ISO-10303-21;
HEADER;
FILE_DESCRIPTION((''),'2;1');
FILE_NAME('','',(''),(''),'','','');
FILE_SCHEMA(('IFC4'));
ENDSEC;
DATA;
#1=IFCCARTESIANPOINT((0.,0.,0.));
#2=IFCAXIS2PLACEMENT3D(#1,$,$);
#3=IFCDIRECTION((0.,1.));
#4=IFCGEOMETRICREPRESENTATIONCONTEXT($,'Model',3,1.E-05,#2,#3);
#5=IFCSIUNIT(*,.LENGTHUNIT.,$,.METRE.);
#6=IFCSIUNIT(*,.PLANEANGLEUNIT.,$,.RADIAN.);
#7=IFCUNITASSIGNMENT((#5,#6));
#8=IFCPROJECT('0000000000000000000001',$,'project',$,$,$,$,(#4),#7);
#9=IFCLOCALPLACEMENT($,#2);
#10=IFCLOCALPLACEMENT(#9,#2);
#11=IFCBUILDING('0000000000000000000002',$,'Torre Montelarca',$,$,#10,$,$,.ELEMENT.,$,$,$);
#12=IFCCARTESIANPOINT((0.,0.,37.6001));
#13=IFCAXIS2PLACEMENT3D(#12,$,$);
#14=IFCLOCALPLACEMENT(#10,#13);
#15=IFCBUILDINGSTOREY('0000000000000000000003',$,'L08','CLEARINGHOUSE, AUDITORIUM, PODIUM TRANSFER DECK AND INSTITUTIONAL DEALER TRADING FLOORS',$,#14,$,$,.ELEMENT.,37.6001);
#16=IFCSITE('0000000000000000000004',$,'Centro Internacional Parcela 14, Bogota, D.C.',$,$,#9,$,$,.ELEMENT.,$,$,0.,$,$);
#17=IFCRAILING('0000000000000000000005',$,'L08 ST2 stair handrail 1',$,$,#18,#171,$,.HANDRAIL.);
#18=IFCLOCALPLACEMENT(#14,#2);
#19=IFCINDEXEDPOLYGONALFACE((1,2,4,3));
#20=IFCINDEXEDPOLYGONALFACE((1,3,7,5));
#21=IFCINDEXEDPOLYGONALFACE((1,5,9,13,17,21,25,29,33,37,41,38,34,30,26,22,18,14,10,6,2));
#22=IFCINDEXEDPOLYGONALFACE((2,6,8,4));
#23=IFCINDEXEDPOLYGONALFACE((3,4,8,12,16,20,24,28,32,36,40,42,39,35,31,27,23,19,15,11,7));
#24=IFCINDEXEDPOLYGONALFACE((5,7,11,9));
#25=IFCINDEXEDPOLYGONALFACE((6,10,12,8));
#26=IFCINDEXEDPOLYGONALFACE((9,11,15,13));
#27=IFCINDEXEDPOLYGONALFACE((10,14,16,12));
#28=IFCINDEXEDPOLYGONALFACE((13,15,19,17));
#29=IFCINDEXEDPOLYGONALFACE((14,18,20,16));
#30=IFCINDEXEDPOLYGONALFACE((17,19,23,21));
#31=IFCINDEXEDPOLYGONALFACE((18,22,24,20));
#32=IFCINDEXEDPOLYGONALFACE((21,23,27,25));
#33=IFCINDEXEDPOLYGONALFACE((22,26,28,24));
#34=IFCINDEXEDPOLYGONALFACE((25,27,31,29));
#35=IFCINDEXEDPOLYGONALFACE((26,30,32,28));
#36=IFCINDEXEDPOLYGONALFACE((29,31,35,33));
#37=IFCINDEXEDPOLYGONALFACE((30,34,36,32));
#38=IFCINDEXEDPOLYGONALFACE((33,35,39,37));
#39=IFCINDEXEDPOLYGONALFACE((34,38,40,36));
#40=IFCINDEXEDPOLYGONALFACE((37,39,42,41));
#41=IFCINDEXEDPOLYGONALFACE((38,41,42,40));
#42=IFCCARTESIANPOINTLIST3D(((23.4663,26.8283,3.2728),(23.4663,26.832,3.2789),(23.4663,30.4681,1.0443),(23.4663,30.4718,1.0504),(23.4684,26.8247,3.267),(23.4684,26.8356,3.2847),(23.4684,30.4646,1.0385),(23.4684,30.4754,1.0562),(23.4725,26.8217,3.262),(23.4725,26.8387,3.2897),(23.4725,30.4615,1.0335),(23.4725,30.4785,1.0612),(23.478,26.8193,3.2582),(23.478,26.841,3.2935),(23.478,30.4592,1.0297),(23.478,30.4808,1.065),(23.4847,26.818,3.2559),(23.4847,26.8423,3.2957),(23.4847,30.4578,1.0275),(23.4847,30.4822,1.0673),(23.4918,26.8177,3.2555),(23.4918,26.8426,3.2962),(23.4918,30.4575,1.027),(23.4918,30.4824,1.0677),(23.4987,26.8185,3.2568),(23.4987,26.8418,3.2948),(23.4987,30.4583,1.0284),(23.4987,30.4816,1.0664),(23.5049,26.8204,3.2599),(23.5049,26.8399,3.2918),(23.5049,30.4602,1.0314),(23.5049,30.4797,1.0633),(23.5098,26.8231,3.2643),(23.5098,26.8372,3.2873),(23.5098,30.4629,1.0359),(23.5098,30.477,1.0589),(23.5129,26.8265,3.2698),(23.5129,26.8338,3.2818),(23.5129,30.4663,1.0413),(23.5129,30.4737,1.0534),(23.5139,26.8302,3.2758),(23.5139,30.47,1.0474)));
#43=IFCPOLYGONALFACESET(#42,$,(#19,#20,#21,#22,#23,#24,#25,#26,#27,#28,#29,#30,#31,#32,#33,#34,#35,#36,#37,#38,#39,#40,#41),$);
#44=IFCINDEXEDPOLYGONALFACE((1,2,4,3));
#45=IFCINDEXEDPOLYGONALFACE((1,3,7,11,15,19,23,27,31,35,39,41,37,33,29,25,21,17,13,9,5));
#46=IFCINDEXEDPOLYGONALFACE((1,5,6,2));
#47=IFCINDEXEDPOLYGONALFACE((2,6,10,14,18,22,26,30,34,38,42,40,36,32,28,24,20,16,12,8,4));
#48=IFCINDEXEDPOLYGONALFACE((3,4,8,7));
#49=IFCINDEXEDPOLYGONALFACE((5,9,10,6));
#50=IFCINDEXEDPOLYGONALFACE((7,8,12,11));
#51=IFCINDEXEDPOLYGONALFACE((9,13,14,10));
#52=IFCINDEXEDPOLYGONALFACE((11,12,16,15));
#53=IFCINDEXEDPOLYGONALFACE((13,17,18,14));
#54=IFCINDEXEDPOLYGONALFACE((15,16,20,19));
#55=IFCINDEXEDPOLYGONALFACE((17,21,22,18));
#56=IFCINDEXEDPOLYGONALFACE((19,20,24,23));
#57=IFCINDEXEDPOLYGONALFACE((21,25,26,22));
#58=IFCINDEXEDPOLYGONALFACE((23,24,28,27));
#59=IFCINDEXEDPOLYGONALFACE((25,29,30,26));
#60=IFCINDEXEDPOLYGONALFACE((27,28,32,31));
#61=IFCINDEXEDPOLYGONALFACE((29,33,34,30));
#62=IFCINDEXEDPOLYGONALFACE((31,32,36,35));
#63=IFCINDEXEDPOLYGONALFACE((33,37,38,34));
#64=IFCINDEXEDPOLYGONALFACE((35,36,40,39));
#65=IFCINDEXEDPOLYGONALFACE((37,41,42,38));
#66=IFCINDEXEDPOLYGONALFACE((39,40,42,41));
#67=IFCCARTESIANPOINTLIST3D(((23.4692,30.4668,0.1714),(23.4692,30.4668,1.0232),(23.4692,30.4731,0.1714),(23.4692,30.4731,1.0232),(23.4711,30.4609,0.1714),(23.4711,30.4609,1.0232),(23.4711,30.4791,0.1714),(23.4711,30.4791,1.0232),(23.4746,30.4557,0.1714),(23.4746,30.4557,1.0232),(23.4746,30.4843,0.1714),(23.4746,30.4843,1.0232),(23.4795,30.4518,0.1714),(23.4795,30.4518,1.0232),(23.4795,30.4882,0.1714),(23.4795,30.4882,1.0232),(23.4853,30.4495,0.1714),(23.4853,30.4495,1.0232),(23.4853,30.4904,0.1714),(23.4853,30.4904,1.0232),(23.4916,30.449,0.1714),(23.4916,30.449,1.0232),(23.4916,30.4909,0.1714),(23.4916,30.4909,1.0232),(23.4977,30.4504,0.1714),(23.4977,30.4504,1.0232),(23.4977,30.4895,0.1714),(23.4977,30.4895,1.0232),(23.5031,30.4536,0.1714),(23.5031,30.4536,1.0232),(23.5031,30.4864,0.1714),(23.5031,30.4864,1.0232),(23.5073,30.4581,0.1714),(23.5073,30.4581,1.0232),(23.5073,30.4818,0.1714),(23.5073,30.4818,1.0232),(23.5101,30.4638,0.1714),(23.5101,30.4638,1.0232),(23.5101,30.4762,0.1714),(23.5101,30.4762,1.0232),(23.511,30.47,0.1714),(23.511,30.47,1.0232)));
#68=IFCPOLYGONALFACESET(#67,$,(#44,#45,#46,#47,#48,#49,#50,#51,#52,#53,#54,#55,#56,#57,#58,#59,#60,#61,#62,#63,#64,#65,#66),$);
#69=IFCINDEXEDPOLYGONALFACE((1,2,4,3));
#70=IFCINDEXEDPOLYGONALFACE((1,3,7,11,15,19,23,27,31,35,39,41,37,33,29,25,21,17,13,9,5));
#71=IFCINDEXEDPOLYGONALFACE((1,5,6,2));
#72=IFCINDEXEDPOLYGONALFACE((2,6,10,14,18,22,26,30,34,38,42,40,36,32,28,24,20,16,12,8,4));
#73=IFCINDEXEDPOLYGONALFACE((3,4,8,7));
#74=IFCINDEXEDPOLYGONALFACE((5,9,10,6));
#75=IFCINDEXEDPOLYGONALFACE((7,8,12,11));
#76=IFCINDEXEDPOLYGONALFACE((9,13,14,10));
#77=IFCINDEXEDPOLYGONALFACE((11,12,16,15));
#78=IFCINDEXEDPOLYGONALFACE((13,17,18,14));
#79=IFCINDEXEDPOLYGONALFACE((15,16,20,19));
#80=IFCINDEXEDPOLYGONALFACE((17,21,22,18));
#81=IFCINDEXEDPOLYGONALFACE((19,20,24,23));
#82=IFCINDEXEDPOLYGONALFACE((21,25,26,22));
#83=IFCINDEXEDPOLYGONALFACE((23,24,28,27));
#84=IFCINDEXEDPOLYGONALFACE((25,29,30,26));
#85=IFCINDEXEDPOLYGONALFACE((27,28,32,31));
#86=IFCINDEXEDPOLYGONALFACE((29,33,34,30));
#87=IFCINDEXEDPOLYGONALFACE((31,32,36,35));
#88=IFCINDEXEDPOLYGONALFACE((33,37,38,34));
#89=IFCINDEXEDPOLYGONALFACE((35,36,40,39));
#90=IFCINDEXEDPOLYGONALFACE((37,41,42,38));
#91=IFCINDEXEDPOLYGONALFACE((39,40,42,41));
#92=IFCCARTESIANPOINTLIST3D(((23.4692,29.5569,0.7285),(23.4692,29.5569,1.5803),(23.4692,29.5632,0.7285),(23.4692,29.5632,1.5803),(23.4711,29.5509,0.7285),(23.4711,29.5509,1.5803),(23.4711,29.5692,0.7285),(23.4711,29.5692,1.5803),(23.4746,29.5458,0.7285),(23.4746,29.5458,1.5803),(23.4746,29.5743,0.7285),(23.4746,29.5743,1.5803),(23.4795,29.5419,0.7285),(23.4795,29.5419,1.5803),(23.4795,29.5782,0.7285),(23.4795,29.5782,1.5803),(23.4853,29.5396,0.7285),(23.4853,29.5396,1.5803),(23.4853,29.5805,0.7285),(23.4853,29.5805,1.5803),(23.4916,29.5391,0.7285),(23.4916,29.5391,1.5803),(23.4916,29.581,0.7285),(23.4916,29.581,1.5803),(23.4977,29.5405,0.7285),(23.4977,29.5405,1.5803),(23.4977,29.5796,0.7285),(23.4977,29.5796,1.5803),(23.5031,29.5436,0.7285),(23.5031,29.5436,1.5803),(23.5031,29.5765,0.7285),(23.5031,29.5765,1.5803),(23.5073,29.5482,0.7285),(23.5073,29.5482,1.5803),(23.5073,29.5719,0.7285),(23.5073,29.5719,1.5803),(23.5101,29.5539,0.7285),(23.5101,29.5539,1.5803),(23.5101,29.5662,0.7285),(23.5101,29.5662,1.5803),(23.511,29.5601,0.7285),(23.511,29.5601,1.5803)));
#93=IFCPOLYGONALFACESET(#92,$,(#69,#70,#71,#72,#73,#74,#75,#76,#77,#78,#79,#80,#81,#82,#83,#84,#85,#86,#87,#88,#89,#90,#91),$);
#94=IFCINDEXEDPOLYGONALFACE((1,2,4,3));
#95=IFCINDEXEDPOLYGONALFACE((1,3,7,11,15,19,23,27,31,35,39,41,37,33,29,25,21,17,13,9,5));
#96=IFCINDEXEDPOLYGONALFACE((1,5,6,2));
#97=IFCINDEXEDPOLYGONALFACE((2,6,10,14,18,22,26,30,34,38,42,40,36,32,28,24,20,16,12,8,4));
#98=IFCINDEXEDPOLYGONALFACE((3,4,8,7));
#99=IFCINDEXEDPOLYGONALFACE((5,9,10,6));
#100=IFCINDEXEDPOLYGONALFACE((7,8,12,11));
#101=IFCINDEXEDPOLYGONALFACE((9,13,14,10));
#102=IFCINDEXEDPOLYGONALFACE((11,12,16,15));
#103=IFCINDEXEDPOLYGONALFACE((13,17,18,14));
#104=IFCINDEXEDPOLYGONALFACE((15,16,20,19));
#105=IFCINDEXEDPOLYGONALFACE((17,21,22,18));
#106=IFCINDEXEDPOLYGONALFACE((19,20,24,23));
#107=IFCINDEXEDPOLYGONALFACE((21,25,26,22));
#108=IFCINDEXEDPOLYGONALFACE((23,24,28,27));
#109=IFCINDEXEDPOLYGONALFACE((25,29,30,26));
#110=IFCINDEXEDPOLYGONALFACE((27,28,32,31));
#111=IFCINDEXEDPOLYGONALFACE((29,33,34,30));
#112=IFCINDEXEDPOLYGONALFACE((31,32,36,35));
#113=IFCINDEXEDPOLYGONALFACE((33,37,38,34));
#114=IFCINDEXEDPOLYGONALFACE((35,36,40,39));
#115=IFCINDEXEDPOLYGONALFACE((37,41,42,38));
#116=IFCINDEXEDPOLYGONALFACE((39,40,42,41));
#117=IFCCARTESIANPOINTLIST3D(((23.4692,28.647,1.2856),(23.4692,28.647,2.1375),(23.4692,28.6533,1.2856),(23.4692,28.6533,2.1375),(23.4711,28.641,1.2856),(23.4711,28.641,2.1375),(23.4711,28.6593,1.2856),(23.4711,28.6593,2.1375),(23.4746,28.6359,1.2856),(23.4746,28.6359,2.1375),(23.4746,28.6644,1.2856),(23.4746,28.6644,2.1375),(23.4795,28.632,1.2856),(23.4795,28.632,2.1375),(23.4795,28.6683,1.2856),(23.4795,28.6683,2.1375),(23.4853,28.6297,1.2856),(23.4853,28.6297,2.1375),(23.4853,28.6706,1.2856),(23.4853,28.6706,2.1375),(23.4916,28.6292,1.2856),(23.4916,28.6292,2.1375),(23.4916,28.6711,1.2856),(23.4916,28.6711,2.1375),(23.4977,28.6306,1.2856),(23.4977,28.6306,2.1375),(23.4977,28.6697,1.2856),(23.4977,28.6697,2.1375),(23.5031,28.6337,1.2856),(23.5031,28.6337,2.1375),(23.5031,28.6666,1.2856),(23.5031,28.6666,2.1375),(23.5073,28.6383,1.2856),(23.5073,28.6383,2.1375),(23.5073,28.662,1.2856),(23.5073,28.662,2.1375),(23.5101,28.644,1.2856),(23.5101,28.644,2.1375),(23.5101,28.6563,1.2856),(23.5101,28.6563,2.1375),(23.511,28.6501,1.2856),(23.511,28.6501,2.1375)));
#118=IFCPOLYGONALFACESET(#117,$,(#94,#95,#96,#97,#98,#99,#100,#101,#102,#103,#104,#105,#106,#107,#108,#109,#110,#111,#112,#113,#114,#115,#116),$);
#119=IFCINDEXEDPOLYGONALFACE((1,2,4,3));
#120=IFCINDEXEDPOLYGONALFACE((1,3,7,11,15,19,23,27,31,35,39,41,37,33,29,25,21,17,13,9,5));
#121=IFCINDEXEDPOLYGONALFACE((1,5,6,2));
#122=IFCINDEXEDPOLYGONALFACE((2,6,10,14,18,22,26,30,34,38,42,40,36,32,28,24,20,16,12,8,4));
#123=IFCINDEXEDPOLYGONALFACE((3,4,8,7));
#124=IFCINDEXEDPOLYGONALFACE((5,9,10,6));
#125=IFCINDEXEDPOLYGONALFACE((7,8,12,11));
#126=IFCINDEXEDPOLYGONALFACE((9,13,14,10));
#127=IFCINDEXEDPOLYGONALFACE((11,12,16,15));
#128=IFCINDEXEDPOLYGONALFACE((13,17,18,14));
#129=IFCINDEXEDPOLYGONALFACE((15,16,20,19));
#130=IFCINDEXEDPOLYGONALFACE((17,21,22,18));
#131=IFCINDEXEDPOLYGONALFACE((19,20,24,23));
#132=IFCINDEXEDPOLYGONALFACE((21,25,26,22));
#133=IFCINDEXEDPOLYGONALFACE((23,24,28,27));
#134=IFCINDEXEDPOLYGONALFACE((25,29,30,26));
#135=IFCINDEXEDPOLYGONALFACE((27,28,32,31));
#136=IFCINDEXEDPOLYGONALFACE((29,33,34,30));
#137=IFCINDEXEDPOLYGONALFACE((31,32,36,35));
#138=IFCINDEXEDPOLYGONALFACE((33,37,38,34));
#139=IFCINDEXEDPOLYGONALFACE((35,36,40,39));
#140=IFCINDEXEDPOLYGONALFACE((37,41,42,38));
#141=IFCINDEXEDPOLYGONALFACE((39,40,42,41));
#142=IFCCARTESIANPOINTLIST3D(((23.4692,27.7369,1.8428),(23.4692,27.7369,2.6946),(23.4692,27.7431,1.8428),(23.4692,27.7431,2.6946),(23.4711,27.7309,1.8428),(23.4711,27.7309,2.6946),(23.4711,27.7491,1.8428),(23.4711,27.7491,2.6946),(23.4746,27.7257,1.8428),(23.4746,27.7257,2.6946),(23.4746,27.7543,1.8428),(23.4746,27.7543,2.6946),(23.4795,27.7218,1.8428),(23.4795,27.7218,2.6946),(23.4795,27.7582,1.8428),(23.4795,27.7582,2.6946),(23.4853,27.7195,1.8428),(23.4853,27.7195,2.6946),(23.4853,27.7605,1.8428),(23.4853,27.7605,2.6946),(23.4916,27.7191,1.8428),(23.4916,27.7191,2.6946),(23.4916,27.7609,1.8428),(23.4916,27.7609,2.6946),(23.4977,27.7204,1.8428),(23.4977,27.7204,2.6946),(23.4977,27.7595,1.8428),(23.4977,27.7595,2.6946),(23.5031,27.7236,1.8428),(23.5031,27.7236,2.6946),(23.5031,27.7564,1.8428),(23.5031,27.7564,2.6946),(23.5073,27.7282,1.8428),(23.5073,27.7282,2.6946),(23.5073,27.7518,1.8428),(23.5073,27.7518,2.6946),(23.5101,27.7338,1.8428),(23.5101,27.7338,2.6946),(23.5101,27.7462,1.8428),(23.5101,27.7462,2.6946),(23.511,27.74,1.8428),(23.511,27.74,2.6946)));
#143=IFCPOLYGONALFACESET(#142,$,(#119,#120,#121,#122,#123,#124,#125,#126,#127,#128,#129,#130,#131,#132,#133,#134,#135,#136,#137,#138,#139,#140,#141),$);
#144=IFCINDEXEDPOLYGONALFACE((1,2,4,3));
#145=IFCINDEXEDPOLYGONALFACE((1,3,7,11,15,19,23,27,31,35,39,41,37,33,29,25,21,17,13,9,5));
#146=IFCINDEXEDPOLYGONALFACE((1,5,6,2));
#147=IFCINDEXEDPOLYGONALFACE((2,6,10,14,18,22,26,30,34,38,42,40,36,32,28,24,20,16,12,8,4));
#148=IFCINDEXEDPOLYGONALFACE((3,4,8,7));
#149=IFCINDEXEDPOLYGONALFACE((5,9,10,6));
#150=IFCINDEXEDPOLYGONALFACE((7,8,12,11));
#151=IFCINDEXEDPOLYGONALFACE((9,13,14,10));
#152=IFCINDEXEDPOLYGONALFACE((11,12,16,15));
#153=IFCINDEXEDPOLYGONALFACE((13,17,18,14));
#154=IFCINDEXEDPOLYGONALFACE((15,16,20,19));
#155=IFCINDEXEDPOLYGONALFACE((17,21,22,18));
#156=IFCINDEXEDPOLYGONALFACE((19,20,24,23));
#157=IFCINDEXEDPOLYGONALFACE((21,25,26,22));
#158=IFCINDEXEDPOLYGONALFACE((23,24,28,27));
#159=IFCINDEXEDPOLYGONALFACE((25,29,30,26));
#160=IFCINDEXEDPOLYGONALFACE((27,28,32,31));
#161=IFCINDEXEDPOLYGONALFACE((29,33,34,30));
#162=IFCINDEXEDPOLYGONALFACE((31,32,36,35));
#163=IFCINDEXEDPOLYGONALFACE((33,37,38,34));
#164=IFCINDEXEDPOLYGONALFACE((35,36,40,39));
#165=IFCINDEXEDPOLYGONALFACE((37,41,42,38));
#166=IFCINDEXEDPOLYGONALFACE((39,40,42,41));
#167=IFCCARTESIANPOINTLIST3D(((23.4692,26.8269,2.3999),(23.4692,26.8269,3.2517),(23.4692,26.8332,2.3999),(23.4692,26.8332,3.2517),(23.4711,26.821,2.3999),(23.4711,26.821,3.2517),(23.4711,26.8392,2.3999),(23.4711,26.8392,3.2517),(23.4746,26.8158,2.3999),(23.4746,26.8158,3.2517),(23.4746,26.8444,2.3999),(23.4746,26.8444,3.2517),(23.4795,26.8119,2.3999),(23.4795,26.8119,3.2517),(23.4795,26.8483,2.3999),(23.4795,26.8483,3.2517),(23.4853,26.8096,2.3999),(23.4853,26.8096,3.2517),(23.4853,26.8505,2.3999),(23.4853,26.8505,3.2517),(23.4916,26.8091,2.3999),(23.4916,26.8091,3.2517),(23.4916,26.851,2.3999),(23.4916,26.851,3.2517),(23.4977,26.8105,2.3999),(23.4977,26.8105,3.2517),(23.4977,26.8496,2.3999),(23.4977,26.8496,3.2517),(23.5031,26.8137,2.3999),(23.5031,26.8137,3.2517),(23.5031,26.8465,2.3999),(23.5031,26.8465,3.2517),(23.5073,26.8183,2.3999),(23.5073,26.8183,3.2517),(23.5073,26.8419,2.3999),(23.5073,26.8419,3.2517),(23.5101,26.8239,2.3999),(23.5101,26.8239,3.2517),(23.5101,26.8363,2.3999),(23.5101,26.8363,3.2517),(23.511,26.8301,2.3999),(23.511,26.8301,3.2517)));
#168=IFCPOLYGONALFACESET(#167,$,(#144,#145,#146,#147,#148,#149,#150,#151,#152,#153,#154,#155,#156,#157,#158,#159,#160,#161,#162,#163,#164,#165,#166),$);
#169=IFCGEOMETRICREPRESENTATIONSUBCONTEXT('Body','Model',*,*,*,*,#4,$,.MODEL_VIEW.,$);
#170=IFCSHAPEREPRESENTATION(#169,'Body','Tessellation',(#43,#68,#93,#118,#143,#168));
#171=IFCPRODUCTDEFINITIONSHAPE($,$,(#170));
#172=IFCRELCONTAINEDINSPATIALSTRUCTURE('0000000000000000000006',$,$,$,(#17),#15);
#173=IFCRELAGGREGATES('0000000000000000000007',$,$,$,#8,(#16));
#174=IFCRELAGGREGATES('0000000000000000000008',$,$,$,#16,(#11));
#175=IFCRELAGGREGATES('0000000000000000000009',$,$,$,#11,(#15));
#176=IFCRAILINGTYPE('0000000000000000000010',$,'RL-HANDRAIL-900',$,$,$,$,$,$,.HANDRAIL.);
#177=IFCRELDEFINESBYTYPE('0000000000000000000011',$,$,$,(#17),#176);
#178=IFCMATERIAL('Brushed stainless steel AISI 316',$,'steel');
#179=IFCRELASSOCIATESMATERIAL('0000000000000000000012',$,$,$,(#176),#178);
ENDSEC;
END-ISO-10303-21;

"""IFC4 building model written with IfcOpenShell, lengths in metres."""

from ifc_helpers import new_model, si_unit, direction, frame, origin, origin_2d, place, context, subcontext, project, spatial, circle, extrude, material, type_object, element, save


model = new_model("IFC4")

# Units and contexts
model_context = context("Model", 3, precision=1e-05, world=origin(), true_north=direction((0.0, 1.0)))
body_context = subcontext(model_context, "Body", "Model", "MODEL_VIEW")
ifc_project = project(units=[si_unit("LENGTHUNIT", "METRE"), si_unit("PLANEANGLEUNIT", "RADIAN")], contexts=[model_context])

# Site, building, storey
site_placement = place(None, origin())
site = spatial("IfcSite", under=ifc_project, at=site_placement, Name="Centro Internacional Parcela 14, Bogota, D.C.", CompositionType="ELEMENT", RefElevation=0.0)
building_placement = place(site_placement, origin())
building = spatial("IfcBuilding", under=site, at=building_placement, Name="Torre Montelarca", CompositionType="ELEMENT")
storey_placement = place(building_placement, frame((0.0, 0.0, 37.6001)))
storey = spatial("IfcBuildingStorey", under=building, at=storey_placement, Name="L08", Description="CLEARINGHOUSE, AUDITORIUM, PODIUM TRANSFER DECK AND INSTITUTIONAL DEALER TRADING FLOORS", CompositionType="ELEMENT", Elevation=37.6001)

# Shared definitions
ifc_material_1 = material(Name="Brushed stainless steel AISI 316", Category="steel")

# Railing
railing_type_1 = type_object("IfcRailingType", Name="RL-HANDRAIL-900", PredefinedType="HANDRAIL", material=ifc_material_1)
railing_1_placement = place(storey_placement, frame((23.49, 30.47, 0.1714)))
element("IfcRailing", 1, at=railing_1_placement, inside=storey, type_object=railing_type_1, Name="L08 ST2 stair handrail 1", PredefinedType="HANDRAIL", context=body_context, shape_type="SweptSolid", body=[
    extrude(circle(Radius=0.0239, at=origin_2d()), frame((0.0, 0.0, 0.876), z_axis=(0.0, -0.85285, 0.522156), x_axis=(1.0, 0.0, 0.0)), (0.0, 0.0, 1.0), 4.2678),
    extrude(circle(Radius=0.021, at=origin_2d()), origin(), (0.0, 0.0, 1.0), 0.8518),
    extrude(circle(Radius=0.021, at=origin_2d()), frame((0.0, -0.9099, 0.5571)), (0.0, 0.0, 1.0), 0.8518),
    extrude(circle(Radius=0.021, at=origin_2d()), frame((0.0, -1.8198, 1.1143)), (0.0, 0.0, 1.0), 0.8518),
    extrude(circle(Radius=0.021, at=origin_2d()), frame((0.0, -2.73, 1.6714)), (0.0, 0.0, 1.0), 0.8518),
    extrude(circle(Radius=0.021, at=origin_2d()), frame((0.0, -3.6399, 2.2285)), (0.0, 0.0, 1.0), 0.8518),
])

save(model, "model.ifc")
